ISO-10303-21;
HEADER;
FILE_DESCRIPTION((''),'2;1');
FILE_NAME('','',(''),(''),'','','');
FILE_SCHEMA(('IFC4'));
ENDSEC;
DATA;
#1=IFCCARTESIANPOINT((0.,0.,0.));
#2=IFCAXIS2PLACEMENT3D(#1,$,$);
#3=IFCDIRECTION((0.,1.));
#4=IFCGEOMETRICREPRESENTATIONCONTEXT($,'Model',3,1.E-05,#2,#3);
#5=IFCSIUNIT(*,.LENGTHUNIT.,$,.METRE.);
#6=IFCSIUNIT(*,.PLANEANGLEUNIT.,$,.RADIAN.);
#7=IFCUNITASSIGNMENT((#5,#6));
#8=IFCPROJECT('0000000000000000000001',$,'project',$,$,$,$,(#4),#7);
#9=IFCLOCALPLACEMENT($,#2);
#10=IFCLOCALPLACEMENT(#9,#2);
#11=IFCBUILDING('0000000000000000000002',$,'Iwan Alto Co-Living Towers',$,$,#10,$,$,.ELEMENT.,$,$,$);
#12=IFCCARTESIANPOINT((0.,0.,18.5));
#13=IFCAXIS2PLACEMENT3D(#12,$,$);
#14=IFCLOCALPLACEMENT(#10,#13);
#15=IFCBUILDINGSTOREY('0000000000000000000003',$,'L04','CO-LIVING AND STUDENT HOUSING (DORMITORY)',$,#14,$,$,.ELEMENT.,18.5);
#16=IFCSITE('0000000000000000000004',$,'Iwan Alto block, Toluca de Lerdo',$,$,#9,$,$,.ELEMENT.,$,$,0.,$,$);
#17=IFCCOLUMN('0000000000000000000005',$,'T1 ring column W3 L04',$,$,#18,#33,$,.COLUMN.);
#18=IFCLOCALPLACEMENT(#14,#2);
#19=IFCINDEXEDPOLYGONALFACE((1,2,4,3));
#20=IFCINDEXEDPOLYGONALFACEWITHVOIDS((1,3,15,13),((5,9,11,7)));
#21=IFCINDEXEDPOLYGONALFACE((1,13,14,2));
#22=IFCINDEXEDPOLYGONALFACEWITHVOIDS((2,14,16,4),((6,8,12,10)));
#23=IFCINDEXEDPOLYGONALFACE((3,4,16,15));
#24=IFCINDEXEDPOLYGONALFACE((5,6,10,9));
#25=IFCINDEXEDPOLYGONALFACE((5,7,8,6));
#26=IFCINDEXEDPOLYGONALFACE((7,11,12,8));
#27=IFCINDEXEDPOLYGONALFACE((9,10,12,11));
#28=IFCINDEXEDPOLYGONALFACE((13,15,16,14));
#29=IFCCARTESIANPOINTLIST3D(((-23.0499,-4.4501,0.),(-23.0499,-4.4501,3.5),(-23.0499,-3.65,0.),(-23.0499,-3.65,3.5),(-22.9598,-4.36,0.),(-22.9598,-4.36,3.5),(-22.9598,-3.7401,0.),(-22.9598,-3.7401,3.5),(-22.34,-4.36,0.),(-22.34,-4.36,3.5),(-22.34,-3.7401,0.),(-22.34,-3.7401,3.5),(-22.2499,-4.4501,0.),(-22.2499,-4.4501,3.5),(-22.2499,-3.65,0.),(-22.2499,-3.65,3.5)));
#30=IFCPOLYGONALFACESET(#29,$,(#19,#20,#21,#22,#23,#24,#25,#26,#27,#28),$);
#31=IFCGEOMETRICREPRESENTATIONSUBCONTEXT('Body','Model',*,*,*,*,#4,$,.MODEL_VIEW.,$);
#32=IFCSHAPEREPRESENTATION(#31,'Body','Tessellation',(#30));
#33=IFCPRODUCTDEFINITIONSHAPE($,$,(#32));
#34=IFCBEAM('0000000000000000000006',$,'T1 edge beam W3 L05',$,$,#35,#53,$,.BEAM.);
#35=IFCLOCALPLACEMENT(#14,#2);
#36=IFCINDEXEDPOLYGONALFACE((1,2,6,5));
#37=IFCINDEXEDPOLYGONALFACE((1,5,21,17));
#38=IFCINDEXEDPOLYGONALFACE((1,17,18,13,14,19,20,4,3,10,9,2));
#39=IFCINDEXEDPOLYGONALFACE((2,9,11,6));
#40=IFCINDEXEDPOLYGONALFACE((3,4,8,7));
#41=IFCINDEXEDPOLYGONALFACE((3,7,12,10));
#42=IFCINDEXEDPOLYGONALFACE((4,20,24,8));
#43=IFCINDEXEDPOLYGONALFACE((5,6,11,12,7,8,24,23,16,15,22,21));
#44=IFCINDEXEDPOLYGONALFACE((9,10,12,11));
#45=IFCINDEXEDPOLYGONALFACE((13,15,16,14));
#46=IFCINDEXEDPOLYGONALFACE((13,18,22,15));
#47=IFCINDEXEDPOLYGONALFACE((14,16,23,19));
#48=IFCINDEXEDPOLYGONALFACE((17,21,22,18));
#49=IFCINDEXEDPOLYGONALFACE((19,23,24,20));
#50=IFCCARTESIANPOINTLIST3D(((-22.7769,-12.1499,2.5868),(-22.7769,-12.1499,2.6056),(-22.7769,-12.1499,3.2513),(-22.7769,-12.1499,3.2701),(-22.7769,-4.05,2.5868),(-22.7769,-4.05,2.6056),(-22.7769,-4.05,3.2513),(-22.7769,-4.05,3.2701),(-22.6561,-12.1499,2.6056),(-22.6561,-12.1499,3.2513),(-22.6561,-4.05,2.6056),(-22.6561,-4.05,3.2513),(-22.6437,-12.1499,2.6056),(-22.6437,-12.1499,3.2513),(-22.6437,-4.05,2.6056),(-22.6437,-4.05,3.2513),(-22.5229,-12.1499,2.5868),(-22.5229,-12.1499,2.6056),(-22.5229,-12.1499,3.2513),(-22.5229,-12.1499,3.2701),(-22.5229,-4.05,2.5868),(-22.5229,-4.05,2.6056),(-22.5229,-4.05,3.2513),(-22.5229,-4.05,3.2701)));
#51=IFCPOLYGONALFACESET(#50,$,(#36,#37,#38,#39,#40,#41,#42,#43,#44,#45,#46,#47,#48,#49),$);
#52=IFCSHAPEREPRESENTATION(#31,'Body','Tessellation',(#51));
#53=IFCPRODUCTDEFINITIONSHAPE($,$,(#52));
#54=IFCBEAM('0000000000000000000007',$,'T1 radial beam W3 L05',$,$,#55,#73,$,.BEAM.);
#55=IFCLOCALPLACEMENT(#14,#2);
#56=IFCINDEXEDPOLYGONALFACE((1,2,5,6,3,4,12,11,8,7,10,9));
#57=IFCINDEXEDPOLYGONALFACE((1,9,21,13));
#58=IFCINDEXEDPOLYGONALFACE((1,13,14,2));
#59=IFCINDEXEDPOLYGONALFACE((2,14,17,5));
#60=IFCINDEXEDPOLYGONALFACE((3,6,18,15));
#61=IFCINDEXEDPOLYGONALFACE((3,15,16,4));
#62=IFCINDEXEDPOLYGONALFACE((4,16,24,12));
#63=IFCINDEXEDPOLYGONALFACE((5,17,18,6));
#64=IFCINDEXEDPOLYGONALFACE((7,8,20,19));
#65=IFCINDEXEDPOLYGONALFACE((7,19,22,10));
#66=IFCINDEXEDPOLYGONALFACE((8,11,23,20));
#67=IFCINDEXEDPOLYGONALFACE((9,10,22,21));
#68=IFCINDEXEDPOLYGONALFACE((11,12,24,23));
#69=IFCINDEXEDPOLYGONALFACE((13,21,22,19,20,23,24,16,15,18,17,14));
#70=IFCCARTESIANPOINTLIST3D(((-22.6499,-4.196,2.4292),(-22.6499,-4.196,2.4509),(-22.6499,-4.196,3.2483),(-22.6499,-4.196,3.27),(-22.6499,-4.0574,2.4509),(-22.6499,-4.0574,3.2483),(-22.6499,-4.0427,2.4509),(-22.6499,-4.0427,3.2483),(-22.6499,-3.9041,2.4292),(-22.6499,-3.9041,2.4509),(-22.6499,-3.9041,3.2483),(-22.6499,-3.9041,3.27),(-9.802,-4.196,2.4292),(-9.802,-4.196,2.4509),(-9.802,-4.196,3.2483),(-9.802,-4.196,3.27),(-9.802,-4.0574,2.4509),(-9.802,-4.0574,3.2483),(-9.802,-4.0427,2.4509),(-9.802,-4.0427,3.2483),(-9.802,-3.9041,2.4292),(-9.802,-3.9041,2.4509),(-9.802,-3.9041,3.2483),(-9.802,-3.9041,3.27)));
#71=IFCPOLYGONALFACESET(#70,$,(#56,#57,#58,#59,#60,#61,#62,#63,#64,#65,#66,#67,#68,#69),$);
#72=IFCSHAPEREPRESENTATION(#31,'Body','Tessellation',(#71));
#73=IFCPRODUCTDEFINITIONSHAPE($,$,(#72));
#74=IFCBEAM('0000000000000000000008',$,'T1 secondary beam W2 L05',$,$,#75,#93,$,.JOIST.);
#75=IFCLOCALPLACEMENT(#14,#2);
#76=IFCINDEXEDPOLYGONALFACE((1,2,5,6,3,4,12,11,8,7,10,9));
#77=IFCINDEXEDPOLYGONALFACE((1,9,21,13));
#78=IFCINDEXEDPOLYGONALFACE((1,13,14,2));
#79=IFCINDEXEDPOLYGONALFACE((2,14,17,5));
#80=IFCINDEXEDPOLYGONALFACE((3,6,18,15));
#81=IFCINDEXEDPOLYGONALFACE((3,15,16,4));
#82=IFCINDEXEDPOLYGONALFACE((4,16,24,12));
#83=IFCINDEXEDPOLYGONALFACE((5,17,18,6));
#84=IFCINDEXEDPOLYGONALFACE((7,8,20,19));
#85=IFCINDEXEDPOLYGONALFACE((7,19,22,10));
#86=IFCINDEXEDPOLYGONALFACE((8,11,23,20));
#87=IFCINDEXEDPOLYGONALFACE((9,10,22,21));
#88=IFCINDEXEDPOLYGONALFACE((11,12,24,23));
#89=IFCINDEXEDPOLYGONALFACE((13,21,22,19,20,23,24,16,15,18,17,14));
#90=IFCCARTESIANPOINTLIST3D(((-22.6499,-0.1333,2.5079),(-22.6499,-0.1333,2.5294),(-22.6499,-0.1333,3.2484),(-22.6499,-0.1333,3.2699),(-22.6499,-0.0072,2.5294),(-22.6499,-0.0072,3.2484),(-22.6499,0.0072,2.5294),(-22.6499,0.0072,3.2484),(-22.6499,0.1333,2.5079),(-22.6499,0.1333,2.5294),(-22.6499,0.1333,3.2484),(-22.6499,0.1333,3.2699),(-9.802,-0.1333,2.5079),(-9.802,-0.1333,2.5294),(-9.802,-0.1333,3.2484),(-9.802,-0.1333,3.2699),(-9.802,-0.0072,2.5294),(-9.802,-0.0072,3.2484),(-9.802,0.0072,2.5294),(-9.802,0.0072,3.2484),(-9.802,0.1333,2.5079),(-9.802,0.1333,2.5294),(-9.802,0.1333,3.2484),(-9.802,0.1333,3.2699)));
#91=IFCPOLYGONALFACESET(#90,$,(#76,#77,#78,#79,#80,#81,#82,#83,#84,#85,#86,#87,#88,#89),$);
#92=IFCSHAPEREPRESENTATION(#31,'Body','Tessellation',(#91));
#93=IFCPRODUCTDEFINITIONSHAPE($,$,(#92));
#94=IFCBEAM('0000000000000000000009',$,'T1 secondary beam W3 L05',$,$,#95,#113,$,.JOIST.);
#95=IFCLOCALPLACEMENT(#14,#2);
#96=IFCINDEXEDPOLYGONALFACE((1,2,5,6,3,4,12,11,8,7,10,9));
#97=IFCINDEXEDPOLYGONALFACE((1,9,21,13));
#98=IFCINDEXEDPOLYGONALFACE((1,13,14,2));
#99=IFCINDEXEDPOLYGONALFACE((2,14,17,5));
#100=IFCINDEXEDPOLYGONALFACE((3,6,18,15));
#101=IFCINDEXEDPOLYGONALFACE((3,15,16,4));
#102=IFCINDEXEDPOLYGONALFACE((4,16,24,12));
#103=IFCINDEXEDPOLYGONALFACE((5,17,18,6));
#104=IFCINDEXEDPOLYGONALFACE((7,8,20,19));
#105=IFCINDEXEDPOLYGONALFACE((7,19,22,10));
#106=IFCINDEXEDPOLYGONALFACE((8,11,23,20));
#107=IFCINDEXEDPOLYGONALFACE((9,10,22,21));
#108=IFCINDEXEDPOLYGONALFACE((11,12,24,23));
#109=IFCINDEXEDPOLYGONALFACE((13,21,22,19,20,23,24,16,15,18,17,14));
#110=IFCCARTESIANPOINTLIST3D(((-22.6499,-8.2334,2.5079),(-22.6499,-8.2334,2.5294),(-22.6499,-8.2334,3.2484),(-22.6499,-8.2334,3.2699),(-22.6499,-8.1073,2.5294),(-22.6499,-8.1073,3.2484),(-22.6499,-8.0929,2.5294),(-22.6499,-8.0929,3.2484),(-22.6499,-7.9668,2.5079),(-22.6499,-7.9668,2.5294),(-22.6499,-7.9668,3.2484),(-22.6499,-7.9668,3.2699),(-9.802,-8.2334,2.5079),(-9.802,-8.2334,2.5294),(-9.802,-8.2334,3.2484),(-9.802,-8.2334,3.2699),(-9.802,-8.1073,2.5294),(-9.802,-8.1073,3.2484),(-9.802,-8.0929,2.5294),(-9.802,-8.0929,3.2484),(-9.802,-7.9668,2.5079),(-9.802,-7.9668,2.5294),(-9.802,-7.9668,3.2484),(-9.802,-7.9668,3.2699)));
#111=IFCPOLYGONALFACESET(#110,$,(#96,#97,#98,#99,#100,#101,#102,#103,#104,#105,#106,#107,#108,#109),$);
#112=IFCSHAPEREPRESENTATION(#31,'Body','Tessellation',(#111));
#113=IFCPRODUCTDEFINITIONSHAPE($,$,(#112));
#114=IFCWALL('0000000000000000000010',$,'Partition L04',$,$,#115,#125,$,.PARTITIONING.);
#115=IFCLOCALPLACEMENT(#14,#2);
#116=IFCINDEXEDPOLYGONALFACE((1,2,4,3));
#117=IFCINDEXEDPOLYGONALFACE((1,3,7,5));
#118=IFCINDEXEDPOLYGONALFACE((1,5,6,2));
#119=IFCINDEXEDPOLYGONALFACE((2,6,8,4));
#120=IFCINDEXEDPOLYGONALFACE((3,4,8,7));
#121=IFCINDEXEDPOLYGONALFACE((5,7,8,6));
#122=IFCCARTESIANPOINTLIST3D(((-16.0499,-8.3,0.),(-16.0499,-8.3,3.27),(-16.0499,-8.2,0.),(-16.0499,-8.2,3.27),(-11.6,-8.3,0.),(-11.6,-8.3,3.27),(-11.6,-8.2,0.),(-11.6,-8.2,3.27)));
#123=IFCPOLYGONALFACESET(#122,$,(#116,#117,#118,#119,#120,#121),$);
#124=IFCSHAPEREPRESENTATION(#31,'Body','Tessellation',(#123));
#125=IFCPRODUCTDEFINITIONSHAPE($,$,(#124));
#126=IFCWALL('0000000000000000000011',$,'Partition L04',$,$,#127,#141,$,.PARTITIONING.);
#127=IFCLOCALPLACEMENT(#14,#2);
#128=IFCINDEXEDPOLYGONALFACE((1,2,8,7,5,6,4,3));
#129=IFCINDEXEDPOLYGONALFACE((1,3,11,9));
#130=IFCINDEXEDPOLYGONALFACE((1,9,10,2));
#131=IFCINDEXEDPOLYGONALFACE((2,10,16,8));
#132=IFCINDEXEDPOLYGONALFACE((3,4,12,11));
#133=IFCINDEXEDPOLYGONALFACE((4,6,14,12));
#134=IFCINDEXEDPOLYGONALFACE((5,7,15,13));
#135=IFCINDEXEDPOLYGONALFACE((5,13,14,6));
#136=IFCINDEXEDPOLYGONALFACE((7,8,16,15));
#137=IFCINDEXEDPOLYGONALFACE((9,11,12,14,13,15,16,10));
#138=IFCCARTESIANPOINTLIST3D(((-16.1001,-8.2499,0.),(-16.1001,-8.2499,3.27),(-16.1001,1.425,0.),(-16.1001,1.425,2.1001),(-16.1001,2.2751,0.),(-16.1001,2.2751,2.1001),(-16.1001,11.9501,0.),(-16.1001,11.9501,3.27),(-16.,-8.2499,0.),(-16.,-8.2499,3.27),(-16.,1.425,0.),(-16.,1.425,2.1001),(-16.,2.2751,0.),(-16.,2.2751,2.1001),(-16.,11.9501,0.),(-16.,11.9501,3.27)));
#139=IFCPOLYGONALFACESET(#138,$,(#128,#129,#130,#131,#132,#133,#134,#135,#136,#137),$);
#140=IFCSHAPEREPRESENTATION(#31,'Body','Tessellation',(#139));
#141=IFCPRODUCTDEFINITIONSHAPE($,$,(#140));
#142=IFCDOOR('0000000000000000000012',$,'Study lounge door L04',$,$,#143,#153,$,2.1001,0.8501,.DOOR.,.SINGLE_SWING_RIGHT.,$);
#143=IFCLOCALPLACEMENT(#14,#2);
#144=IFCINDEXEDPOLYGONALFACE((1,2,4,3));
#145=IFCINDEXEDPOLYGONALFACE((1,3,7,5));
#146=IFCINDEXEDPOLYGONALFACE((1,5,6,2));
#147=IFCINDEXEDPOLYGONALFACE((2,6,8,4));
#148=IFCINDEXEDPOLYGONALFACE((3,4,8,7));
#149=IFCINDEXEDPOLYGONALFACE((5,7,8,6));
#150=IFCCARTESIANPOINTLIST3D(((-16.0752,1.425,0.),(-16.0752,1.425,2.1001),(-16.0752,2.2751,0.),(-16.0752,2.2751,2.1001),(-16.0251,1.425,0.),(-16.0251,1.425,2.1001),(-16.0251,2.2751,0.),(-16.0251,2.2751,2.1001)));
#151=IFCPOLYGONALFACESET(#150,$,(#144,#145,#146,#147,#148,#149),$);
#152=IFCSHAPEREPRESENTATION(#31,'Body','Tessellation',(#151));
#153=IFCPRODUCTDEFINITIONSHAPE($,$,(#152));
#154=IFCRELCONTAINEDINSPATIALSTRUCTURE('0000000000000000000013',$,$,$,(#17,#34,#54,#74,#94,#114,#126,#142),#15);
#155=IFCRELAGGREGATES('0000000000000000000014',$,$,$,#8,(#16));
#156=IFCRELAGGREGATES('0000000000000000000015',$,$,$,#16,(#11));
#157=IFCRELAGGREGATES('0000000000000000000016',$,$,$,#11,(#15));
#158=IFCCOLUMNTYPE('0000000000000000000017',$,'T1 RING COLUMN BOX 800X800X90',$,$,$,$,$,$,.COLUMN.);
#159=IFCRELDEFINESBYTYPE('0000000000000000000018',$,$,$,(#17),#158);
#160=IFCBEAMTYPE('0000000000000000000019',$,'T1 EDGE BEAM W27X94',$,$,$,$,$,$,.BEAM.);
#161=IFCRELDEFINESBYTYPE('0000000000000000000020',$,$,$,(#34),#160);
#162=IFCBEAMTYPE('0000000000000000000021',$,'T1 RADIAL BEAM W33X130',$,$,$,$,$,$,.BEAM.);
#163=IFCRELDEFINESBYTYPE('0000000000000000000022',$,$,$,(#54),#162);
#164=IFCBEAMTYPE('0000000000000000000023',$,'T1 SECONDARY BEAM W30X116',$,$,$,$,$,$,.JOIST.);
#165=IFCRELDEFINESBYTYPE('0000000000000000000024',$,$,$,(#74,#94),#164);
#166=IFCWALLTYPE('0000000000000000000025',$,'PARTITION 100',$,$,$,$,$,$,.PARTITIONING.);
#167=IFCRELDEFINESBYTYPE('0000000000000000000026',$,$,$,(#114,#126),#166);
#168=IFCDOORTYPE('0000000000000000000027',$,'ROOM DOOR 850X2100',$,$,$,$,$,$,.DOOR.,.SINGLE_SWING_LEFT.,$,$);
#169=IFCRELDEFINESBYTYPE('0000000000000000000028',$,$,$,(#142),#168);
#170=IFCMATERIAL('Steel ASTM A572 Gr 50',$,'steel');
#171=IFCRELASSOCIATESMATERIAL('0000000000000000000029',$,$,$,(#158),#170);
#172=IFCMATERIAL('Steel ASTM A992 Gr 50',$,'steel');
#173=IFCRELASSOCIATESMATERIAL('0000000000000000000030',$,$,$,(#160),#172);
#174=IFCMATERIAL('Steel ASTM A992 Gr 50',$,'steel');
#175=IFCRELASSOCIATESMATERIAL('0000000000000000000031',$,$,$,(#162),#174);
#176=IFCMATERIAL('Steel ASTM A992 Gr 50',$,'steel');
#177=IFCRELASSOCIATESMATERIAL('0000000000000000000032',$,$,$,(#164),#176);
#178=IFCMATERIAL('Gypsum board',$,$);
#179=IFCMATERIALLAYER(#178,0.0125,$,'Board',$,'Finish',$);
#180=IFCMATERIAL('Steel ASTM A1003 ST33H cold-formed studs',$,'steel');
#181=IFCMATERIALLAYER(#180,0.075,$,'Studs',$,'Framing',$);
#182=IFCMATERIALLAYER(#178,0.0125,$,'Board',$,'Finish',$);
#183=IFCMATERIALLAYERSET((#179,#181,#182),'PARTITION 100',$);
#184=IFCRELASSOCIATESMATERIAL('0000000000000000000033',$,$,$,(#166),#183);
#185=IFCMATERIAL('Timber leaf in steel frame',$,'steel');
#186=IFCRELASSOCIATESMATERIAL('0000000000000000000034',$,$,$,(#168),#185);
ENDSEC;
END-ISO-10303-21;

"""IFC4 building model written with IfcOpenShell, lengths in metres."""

from ifc_helpers import new_model, si_unit, direction, frame, frame_2d, origin, origin_2d, place, context, subcontext, project, spatial, rectangle, hollow_rectangle, i_section, extrude, material, layer, layer_set, material_profile, profile_set, type_object, element, fill, save


model = new_model("IFC4")

# Units and contexts
model_context = context("Model", 3, precision=1e-05, world=origin(), true_north=direction((0.0, 1.0)))
body_context = subcontext(model_context, "Body", "Model", "MODEL_VIEW")
ifc_project = project(units=[si_unit("LENGTHUNIT", "METRE"), si_unit("PLANEANGLEUNIT", "RADIAN")], contexts=[model_context])

# Site, building, storey
site_placement = place(None, origin())
site = spatial("IfcSite", under=ifc_project, at=site_placement, Name="Iwan Alto block, Toluca de Lerdo", CompositionType="ELEMENT", RefElevation=0.0)
building_placement = place(site_placement, origin())
building = spatial("IfcBuilding", under=site, at=building_placement, Name="Iwan Alto Co-Living Towers", CompositionType="ELEMENT")
storey_placement = place(building_placement, frame((0.0, 0.0, 18.5)))
storey = spatial("IfcBuildingStorey", under=building, at=storey_placement, Name="L04", Description="CO-LIVING AND STUDENT HOUSING (DORMITORY)", CompositionType="ELEMENT", Elevation=18.5)

# Column
ifc_material_1 = material(Name="Steel ASTM A572 Gr 50", Category="steel")
ifc_material_profile_1 = material_profile(ifc_material_1, hollow_rectangle(XDim=0.8, YDim=0.8, WallThickness=0.0901, at=origin_2d()), Name="BOX 800X800X90")
ifc_profile_set_1 = profile_set([ifc_material_profile_1], Name="Steel ASTM A572 Gr 50")
column_type = type_object("IfcColumnType", Name="T1 RING COLUMN BOX 800X800X90", PredefinedType="COLUMN", material=ifc_profile_set_1)
column_placement = place(storey_placement, frame((-22.6499, -4.05, 0.0), z_axis=(0.0, 0.0, 1.0), x_axis=(1.0, 0.0, 0.0)))
element("IfcColumn", 1, at=column_placement, inside=storey, type_object=column_type, Name="T1 ring column W3 L04", PredefinedType="COLUMN", context=body_context, shape_type="SweptSolid", body=[
    extrude(hollow_rectangle(XDim=0.8, YDim=0.8, WallThickness=0.0901, at=origin_2d()), origin(), (0.0, 0.0, 1.0), 3.5),
])

# Beams
ifc_material_2 = material(Name="Steel ASTM A992 Gr 50", Category="steel")
ifc_material_profile_2 = material_profile(ifc_material_2, i_section(OverallWidth=0.2539, OverallDepth=0.6833, WebThickness=0.0125, FlangeThickness=0.0188, at=origin_2d()), Name="W27X94")
ifc_profile_set_2 = profile_set([ifc_material_profile_2], Name="Steel ASTM A992 Gr 50")
beam_type_1 = type_object("IfcBeamType", Name="T1 EDGE BEAM W27X94", PredefinedType="BEAM", material=ifc_profile_set_2)
beam_1_placement = place(storey_placement, frame((-22.6499, -4.05, 2.9285), z_axis=(0.0, -1.0, 0.0), x_axis=(1.0, 0.0, 0.0)))
element("IfcBeam", 2, at=beam_1_placement, inside=storey, type_object=beam_type_1, Name="T1 edge beam W3 L05", PredefinedType="BEAM", context=body_context, shape_type="SweptSolid", body=[
    extrude(i_section(OverallWidth=0.2539, OverallDepth=0.6833, WebThickness=0.0125, FlangeThickness=0.0188, at=origin_2d()), origin(), (0.0, 0.0, 1.0), 8.0999),
])
ifc_material_3 = material(Name="Steel ASTM A992 Gr 50", Category="steel")
ifc_material_profile_3 = material_profile(ifc_material_3, i_section(OverallWidth=0.292, OverallDepth=0.8408, WebThickness=0.0146, FlangeThickness=0.0217, at=origin_2d()), Name="W33X130")
ifc_profile_set_3 = profile_set([ifc_material_profile_3], Name="Steel ASTM A992 Gr 50")
beam_type_2 = type_object("IfcBeamType", Name="T1 RADIAL BEAM W33X130", PredefinedType="BEAM", material=ifc_profile_set_3)
beam_2_placement = place(storey_placement, frame((-22.6499, -4.05, 2.8496), z_axis=(1.0, 0.0, 0.0), x_axis=(0.0, 1.0, 0.0)))
element("IfcBeam", 3, at=beam_2_placement, inside=storey, type_object=beam_type_2, Name="T1 radial beam W3 L05", PredefinedType="BEAM", context=body_context, shape_type="SweptSolid", body=[
    extrude(i_section(OverallWidth=0.292, OverallDepth=0.8408, WebThickness=0.0146, FlangeThickness=0.0217, at=origin_2d()), origin(), (0.0, 0.0, 1.0), 12.8479),
])
ifc_material_4 = material(Name="Steel ASTM A992 Gr 50", Category="steel")
ifc_material_profile_4 = material_profile(ifc_material_4, i_section(OverallWidth=0.2666, OverallDepth=0.762, WebThickness=0.0144, FlangeThickness=0.0215, at=origin_2d()), Name="W30X116")
ifc_profile_set_4 = profile_set([ifc_material_profile_4], Name="Steel ASTM A992 Gr 50")
beam_type_3 = type_object("IfcBeamType", Name="T1 SECONDARY BEAM W30X116", PredefinedType="JOIST", material=ifc_profile_set_4)
for number, where, z_axis, x_axis, name in (
    (4, (-22.6499, 0.0, 2.8889), (1.0, 0.0, 0.0), (0.0, 1.0, 0.0), "T1 secondary beam W2 L05"),
    (5, (-22.6499, -8.1001, 2.8889), (1.0, 0.0, 0.0), (0.0, 1.0, 0.0), "T1 secondary beam W3 L05"),
):
    element("IfcBeam", number, at=place(storey_placement, frame(where, z_axis=z_axis, x_axis=x_axis)), inside=storey, type_object=beam_type_3, Name=name, PredefinedType="JOIST", context=body_context, shape_type="SweptSolid", body=[
        extrude(i_section(OverallWidth=0.2666, OverallDepth=0.762, WebThickness=0.0144, FlangeThickness=0.0215, at=origin_2d()), origin(), (0.0, 0.0, 1.0), 12.8479),
    ])

# Wall
ifc_material_5 = material(Name="Gypsum board")
ifc_layer_1 = layer(ifc_material_5, 0.0125, Name="Board", Category="Finish")
ifc_material_6 = material(Name="Steel ASTM A1003 ST33H cold-formed studs", Category="steel")
ifc_layer_2 = layer(ifc_material_6, 0.075, Name="Studs", Category="Framing")
ifc_layer_3 = layer(ifc_material_5, 0.0125, Name="Board", Category="Finish")
ifc_layer_set_1 = layer_set([ifc_layer_1, ifc_layer_2, ifc_layer_3], Name="PARTITION 100")
wall_type_1 = type_object("IfcWallType", Name="PARTITION 100", PredefinedType="PARTITIONING", material=ifc_layer_set_1)
wall_1_placement = place(storey_placement, frame((-16.05, -8.25, 0.0), z_axis=(0.0, 0.0, 1.0), x_axis=(1.0, 0.0, 0.0)))
element("IfcWall", 6, at=wall_1_placement, inside=storey, type_object=wall_type_1, Name="Partition L04", PredefinedType="PARTITIONING", context=body_context, shape_type="SweptSolid", body=[
    extrude(rectangle(XDim=4.45, YDim=0.1001, at=frame_2d((2.2251, 0.0))), origin(), (0.0, 0.0, 1.0), 3.27),
])

# Wall, opening, door
wall_2_placement = place(storey_placement, frame((-16.05, -8.25, 0.0), z_axis=(0.0, 0.0, 1.0), x_axis=(0.0, 1.0, 0.0)))
wall_2 = element("IfcWall", 7, at=wall_2_placement, inside=storey, type_object=wall_type_1, Name="Partition L04", PredefinedType="PARTITIONING", context=body_context, shape_type="SweptSolid", body=[
    extrude(rectangle(XDim=20.2, YDim=0.1001, at=frame_2d((10.1001, 0.0))), origin(), (0.0, 0.0, 1.0), 3.27),
])
opening_1_placement = place(wall_2_placement, frame((9.675, 0.0, 0.0)))
opening_1 = element("IfcOpeningElement", 8, at=opening_1_placement, cuts=wall_2, PredefinedType="OPENING", context=body_context, shape_type="SweptSolid", body=[
    extrude(rectangle(XDim=0.8501, YDim=2.1001, at=frame_2d((0.425, 1.05))), frame((0.0, 0.0601, 0.0), z_axis=(0.0, -1.0, 0.0), x_axis=(1.0, 0.0, 0.0)), (0.0, 0.0, 1.0), 0.1201),
])
ifc_material_7 = material(Name="Timber leaf in steel frame", Category="steel")
door_type_1 = type_object("IfcDoorType", Name="ROOM DOOR 850X2100", OperationType="SINGLE_SWING_LEFT", PredefinedType="DOOR", material=ifc_material_7)
door_1_placement = place(opening_1_placement, frame((0.8501, 0.0, 0.0), z_axis=(0.0, 0.0, 1.0), x_axis=(-1.0, 0.0, 0.0)))
door_1 = element("IfcDoor", 9, at=door_1_placement, inside=storey, type_object=door_type_1, Name="Study lounge door L04", OperationType="SINGLE_SWING_RIGHT", OverallHeight=2.1001, OverallWidth=0.8501, PredefinedType="DOOR", context=body_context, shape_type="SweptSolid", body=[
    extrude(rectangle(XDim=0.8501, YDim=2.1001, at=frame_2d((0.425, 1.05))), frame((0.0, 0.0249, 0.0), z_axis=(0.0, -1.0, 0.0), x_axis=(1.0, 0.0, 0.0)), (0.0, 0.0, 1.0), 0.05),
])
fill(opening_1, door_1)

save(model, "model.ifc")
